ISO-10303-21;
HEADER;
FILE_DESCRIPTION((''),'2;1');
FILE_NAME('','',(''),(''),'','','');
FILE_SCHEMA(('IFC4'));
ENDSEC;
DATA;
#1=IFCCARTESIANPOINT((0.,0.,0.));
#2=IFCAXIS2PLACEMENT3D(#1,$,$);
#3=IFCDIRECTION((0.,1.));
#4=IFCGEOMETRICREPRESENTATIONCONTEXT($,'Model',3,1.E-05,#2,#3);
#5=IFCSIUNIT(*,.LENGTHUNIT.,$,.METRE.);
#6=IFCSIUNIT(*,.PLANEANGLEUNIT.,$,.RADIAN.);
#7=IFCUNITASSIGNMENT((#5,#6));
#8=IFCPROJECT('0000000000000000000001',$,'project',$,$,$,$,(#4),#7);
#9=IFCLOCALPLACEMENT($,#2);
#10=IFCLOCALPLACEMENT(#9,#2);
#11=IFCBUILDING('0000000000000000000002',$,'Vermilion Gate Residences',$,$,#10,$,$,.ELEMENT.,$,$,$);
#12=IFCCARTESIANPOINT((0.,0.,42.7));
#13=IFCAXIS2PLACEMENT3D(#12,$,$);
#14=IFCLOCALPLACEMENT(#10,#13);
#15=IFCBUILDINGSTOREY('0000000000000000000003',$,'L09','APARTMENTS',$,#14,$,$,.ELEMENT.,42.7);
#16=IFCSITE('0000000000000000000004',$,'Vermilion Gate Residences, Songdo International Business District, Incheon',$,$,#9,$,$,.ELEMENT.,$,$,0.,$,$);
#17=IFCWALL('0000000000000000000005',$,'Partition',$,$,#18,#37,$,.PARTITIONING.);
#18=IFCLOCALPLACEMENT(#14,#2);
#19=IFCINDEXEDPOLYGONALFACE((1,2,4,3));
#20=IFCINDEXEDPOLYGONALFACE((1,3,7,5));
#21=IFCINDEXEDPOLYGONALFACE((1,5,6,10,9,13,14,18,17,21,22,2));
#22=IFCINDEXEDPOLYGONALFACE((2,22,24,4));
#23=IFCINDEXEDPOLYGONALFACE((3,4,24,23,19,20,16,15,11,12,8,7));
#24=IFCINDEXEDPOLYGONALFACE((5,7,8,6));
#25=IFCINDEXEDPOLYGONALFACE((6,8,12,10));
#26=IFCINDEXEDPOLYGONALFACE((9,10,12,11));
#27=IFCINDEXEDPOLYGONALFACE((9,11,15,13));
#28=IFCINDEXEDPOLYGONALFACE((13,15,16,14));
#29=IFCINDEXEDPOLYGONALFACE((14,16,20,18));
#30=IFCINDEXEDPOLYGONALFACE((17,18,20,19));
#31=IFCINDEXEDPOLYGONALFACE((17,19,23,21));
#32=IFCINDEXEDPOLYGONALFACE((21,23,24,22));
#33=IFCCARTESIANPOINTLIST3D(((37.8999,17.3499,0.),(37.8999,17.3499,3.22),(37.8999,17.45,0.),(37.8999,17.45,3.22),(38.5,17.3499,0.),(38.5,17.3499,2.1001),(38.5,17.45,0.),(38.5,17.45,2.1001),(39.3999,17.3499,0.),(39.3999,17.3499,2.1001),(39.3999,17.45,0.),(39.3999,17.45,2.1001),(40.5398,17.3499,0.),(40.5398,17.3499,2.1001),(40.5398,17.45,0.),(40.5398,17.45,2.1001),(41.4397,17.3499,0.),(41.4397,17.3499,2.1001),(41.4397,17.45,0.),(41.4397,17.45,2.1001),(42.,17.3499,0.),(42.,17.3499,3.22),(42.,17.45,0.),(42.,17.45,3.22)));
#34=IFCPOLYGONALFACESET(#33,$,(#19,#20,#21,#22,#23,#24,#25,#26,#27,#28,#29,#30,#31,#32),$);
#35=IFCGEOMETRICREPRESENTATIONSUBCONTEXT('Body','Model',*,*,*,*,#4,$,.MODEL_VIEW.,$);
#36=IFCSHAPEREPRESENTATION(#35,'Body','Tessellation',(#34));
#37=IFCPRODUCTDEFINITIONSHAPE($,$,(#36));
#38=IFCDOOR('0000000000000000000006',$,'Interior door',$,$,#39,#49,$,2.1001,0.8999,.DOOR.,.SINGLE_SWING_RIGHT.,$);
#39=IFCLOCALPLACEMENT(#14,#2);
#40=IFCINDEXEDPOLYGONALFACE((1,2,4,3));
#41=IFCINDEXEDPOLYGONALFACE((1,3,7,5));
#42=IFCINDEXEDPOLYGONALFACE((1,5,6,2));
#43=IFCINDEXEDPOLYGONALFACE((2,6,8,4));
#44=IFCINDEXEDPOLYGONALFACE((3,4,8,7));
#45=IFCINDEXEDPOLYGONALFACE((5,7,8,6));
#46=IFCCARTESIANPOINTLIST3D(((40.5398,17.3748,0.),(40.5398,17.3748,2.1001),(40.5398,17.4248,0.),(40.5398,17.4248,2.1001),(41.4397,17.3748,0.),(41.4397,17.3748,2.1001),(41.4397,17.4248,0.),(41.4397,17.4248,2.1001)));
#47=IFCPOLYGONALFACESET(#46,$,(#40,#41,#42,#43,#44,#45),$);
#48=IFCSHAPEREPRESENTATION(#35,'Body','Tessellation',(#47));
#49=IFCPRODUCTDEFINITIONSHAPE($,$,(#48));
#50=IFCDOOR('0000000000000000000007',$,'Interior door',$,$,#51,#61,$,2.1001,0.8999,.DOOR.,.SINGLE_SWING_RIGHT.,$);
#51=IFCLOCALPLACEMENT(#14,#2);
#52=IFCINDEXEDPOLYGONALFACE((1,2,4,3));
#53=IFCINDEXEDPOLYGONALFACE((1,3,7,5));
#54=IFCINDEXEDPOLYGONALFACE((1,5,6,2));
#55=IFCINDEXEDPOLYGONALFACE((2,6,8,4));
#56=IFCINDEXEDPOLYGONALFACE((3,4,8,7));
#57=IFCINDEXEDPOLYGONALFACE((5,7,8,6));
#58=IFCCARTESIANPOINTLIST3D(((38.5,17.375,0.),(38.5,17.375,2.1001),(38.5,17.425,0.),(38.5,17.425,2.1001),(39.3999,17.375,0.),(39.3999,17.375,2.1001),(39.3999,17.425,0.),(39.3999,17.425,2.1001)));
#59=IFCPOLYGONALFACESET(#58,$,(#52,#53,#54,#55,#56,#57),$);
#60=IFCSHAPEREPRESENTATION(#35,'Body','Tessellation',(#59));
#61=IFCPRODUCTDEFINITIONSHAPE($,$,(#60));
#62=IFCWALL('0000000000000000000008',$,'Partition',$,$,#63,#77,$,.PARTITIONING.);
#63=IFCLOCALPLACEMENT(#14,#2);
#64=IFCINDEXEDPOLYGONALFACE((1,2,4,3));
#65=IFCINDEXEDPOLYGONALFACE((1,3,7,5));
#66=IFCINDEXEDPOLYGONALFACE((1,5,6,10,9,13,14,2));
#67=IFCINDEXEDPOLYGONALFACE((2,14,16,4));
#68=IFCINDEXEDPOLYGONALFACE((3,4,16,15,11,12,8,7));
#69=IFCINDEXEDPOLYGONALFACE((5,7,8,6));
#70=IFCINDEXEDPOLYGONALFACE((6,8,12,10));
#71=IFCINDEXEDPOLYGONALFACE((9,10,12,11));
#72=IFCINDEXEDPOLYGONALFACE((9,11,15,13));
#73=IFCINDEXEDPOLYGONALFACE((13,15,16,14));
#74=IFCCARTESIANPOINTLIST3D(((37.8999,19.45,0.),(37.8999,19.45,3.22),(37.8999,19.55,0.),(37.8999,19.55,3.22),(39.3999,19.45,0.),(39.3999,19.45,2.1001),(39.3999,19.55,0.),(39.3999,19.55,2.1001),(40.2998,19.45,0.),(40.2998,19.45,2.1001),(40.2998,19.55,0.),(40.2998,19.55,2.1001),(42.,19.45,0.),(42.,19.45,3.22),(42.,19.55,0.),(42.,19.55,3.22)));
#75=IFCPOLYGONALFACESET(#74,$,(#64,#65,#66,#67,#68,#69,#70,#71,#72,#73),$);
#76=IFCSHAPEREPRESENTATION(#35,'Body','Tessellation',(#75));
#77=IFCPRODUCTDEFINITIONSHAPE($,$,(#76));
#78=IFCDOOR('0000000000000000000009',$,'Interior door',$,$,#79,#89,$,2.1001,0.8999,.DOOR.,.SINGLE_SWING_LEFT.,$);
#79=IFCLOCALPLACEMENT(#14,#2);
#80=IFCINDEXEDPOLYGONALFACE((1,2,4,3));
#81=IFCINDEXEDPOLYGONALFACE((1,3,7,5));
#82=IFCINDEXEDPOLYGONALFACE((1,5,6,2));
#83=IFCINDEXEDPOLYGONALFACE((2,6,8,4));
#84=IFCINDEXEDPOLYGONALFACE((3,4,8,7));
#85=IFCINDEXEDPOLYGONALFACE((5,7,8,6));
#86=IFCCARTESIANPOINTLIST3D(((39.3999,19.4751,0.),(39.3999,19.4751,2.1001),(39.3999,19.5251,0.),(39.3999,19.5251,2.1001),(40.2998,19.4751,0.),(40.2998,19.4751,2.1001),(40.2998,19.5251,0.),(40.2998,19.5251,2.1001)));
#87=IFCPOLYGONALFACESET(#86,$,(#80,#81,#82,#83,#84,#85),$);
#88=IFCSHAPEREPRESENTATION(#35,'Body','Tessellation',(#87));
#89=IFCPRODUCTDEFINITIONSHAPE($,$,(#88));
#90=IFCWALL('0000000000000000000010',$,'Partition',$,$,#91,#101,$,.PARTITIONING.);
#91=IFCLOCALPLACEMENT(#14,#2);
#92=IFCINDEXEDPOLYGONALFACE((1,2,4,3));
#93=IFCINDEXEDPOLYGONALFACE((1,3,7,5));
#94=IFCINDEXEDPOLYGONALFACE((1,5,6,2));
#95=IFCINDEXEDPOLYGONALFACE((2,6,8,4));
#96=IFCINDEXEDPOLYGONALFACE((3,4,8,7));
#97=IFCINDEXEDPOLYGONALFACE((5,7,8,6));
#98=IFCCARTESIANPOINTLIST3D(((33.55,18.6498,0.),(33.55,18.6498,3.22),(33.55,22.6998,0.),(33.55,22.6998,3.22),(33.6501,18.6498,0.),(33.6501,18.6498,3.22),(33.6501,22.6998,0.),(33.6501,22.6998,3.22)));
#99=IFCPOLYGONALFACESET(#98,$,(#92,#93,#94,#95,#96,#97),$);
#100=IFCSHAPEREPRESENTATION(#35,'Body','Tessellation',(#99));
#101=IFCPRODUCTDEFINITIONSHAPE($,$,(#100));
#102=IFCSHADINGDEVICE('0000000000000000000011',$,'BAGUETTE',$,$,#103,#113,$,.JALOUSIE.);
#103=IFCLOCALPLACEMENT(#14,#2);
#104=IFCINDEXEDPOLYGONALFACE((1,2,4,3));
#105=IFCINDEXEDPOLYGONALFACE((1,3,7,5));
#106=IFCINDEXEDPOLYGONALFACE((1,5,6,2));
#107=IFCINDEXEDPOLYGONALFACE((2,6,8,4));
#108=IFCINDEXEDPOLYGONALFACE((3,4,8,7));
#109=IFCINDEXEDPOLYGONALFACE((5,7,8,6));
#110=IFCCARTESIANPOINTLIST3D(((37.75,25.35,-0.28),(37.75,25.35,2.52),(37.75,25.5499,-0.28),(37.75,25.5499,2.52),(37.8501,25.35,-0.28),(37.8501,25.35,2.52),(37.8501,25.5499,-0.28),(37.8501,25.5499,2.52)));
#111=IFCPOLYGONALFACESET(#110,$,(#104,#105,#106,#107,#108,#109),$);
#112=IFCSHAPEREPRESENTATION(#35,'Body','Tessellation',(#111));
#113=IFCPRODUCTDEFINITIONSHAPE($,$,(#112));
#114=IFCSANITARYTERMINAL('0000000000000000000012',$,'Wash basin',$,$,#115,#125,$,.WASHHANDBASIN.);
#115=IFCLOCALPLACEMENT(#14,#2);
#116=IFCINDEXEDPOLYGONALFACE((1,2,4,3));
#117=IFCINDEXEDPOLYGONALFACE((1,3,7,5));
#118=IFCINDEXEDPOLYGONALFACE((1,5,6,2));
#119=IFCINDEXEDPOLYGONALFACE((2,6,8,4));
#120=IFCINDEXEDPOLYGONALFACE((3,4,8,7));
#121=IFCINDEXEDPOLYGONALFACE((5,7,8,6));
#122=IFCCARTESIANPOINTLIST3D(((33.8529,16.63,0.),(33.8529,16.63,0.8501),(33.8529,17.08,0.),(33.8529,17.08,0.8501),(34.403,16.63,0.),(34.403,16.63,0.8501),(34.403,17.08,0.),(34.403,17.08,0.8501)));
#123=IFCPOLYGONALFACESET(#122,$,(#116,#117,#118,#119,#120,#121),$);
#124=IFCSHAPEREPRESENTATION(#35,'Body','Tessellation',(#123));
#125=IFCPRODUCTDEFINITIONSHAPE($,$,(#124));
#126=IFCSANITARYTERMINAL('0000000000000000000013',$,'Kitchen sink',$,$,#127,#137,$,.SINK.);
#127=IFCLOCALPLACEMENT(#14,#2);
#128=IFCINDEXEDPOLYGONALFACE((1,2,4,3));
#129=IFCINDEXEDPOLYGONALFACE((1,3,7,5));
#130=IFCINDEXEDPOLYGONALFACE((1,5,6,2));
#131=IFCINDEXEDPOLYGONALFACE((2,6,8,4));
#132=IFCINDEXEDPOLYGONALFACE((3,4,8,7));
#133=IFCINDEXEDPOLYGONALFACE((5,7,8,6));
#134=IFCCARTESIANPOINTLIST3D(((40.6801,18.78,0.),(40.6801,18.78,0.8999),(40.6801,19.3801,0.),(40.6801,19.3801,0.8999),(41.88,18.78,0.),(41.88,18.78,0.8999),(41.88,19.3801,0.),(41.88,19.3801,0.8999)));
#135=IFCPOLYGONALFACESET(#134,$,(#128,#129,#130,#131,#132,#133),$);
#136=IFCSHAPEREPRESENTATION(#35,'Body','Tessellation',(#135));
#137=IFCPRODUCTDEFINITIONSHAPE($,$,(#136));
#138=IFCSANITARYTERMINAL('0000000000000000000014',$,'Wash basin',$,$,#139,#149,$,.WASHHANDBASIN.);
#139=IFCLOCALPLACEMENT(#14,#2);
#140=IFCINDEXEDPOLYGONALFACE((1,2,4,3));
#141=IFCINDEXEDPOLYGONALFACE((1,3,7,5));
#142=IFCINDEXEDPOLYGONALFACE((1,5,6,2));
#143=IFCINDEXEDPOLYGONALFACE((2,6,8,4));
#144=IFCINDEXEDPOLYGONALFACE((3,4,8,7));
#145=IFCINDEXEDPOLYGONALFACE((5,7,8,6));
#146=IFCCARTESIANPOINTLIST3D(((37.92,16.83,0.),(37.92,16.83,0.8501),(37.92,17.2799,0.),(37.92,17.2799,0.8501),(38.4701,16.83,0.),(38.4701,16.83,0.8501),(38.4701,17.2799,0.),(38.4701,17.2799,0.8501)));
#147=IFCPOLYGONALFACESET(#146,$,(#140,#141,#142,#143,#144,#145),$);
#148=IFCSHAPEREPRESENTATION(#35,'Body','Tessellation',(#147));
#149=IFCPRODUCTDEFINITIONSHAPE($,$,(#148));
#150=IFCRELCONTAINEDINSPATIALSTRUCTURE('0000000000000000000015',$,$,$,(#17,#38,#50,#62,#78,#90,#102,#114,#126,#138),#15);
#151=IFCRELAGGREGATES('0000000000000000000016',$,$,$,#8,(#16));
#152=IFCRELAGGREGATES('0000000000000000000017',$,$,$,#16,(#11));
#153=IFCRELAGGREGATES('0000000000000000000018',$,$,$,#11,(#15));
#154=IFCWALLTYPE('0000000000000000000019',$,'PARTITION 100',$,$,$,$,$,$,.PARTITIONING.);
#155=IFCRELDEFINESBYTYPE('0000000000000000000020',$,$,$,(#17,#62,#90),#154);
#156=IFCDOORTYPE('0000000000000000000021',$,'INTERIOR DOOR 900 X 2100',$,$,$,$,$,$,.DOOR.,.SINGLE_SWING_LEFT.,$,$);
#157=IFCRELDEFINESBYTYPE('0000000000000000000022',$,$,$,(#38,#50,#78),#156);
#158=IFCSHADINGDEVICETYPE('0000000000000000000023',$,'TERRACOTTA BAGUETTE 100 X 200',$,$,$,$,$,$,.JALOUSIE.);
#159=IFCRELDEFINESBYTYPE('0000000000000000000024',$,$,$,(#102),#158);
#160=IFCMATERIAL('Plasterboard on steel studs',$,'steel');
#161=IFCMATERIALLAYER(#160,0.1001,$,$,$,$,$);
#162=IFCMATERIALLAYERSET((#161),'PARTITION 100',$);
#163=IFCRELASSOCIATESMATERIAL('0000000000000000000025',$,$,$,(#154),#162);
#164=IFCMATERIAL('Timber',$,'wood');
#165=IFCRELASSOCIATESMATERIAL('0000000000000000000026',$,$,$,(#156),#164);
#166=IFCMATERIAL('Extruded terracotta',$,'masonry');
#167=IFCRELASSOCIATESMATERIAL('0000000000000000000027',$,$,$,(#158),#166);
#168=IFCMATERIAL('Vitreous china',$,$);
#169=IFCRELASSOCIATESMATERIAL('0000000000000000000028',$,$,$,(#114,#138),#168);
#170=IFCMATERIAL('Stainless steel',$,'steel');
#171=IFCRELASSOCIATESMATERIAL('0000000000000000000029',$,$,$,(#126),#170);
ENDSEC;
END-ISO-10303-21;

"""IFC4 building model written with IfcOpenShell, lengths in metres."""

from ifc_helpers import new_model, si_unit, direction, frame, frame_2d, origin, origin_2d, place, context, subcontext, project, spatial, rectangle, extrude, material, layer, layer_set, material_profile, profile_set, type_object, element, fill, save


model = new_model("IFC4")

# Units and contexts
model_context = context("Model", 3, precision=1e-05, world=origin(), true_north=direction((0.0, 1.0)))
body_context = subcontext(model_context, "Body", "Model", "MODEL_VIEW")
ifc_project = project(units=[si_unit("LENGTHUNIT", "METRE"), si_unit("PLANEANGLEUNIT", "RADIAN")], contexts=[model_context])

# Site, building, storey
site_placement = place(None, origin())
site = spatial("IfcSite", under=ifc_project, at=site_placement, Name="Vermilion Gate Residences, Songdo International Business District, Incheon", CompositionType="ELEMENT", RefElevation=0.0)
building_placement = place(site_placement, origin())
building = spatial("IfcBuilding", under=site, at=building_placement, Name="Vermilion Gate Residences", CompositionType="ELEMENT")
storey_placement = place(building_placement, frame((0.0, 0.0, 42.7)))
storey = spatial("IfcBuildingStorey", under=building, at=storey_placement, Name="L09", Description="APARTMENTS", CompositionType="ELEMENT", Elevation=42.7)

# Wall, openings, doors
ifc_material_1 = material(Name="Plasterboard on steel studs", Category="steel")
ifc_layer_1 = layer(ifc_material_1, 0.1001)
ifc_layer_set_1 = layer_set([ifc_layer_1], Name="PARTITION 100")
wall_type_1 = type_object("IfcWallType", Name="PARTITION 100", PredefinedType="PARTITIONING", material=ifc_layer_set_1)
wall_1_placement = place(storey_placement, frame((37.8999, 17.3999, 0.0), z_axis=(0.0, 0.0, 1.0), x_axis=(1.0, 0.0, 0.0)))
wall_1 = element("IfcWall", 1, at=wall_1_placement, inside=storey, type_object=wall_type_1, Name="Partition", PredefinedType="PARTITIONING", context=body_context, shape_type="SweptSolid", body=[
    extrude(rectangle(XDim=4.1001, YDim=0.1001, at=frame_2d((2.05, 0.0))), origin(), (0.0, 0.0, 1.0), 3.22),
])
opening_1_placement = place(wall_1_placement, frame((2.6399, 0.0, 0.0)))
opening_1 = element("IfcOpeningElement", 2, at=opening_1_placement, cuts=wall_1, PredefinedType="OPENING", context=body_context, shape_type="SweptSolid", body=[
    extrude(rectangle(XDim=0.8999, YDim=2.1001, at=frame_2d((0.45, 1.05))), frame((0.0, 0.0601, 0.0), z_axis=(0.0, -1.0, 0.0), x_axis=(1.0, 0.0, 0.0)), (0.0, 0.0, 1.0), 0.1201),
])
opening_2_placement = place(wall_1_placement, frame((0.6001, 0.0, 0.0)))
opening_2 = element("IfcOpeningElement", 3, at=opening_2_placement, cuts=wall_1, PredefinedType="OPENING", context=body_context, shape_type="SweptSolid", body=[
    extrude(rectangle(XDim=0.8999, YDim=2.1001, at=frame_2d((0.45, 1.05))), frame((0.0, 0.0601, 0.0), z_axis=(0.0, -1.0, 0.0), x_axis=(1.0, 0.0, 0.0)), (0.0, 0.0, 1.0), 0.1201),
])
ifc_material_2 = material(Name="Timber", Category="wood")
door_type_1 = type_object("IfcDoorType", Name="INTERIOR DOOR 900 X 2100", OperationType="SINGLE_SWING_LEFT", PredefinedType="DOOR", material=ifc_material_2)
door_1_placement = place(opening_1_placement, origin())
door_1 = element("IfcDoor", 4, at=door_1_placement, inside=storey, type_object=door_type_1, Name="Interior door", OperationType="SINGLE_SWING_RIGHT", OverallHeight=2.1001, OverallWidth=0.8999, PredefinedType="DOOR", context=body_context, shape_type="SweptSolid", body=[
    extrude(rectangle(XDim=0.8999, YDim=2.1001, at=frame_2d((0.45, 1.05))), frame((0.0, 0.0249, 0.0), z_axis=(0.0, -1.0, 0.0), x_axis=(1.0, 0.0, 0.0)), (0.0, 0.0, 1.0), 0.05),
])
fill(opening_1, door_1)
door_2_placement = place(opening_2_placement, frame((0.8999, 0.0, 0.0), z_axis=(0.0, 0.0, 1.0), x_axis=(-1.0, 0.0, 0.0)))
door_2 = element("IfcDoor", 5, at=door_2_placement, inside=storey, type_object=door_type_1, Name="Interior door", OperationType="SINGLE_SWING_RIGHT", OverallHeight=2.1001, OverallWidth=0.8999, PredefinedType="DOOR", context=body_context, shape_type="SweptSolid", body=[
    extrude(rectangle(XDim=0.8999, YDim=2.1001, at=frame_2d((0.45, 1.05))), frame((0.0, 0.0249, 0.0), z_axis=(0.0, -1.0, 0.0), x_axis=(1.0, 0.0, 0.0)), (0.0, 0.0, 1.0), 0.05),
])
fill(opening_2, door_2)

# Wall, opening, door
wall_2_placement = place(storey_placement, frame((37.8999, 19.5, 0.0), z_axis=(0.0, 0.0, 1.0), x_axis=(1.0, 0.0, 0.0)))
wall_2 = element("IfcWall", 6, at=wall_2_placement, inside=storey, type_object=wall_type_1, Name="Partition", PredefinedType="PARTITIONING", context=body_context, shape_type="SweptSolid", body=[
    extrude(rectangle(XDim=4.1001, YDim=0.1001, at=frame_2d((2.05, 0.0))), origin(), (0.0, 0.0, 1.0), 3.22),
])
opening_3_placement = place(wall_2_placement, frame((1.5, 0.0, 0.0)))
opening_3 = element("IfcOpeningElement", 7, at=opening_3_placement, cuts=wall_2, PredefinedType="OPENING", context=body_context, shape_type="SweptSolid", body=[
    extrude(rectangle(XDim=0.8999, YDim=2.1001, at=frame_2d((0.45, 1.05))), frame((0.0, 0.0601, 0.0), z_axis=(0.0, -1.0, 0.0), x_axis=(1.0, 0.0, 0.0)), (0.0, 0.0, 1.0), 0.1201),
])
door_3_placement = place(opening_3_placement, frame((0.8999, 0.0, 0.0), z_axis=(0.0, 0.0, 1.0), x_axis=(-1.0, 0.0, 0.0)))
door_3 = element("IfcDoor", 8, at=door_3_placement, inside=storey, type_object=door_type_1, Name="Interior door", OperationType="SINGLE_SWING_LEFT", OverallHeight=2.1001, OverallWidth=0.8999, PredefinedType="DOOR", context=body_context, shape_type="SweptSolid", body=[
    extrude(rectangle(XDim=0.8999, YDim=2.1001, at=frame_2d((0.45, 1.05))), frame((0.0, 0.0249, 0.0), z_axis=(0.0, -1.0, 0.0), x_axis=(1.0, 0.0, 0.0)), (0.0, 0.0, 1.0), 0.05),
])
fill(opening_3, door_3)

# Wall
wall_3_placement = place(storey_placement, frame((33.6001, 18.6499, 0.0), z_axis=(0.0, 0.0, 1.0), x_axis=(0.0, 1.0, 0.0)))
element("IfcWall", 9, at=wall_3_placement, inside=storey, type_object=wall_type_1, Name="Partition", PredefinedType="PARTITIONING", context=body_context, shape_type="SweptSolid", body=[
    extrude(rectangle(XDim=4.05, YDim=0.1001, at=frame_2d((2.0249, 0.0))), origin(), (0.0, 0.0, 1.0), 3.22),
])

# Shading device
ifc_material_3 = material(Name="Extruded terracotta", Category="masonry")
ifc_material_profile_1 = material_profile(ifc_material_3, rectangle(XDim=0.2, YDim=0.1001, at=origin_2d()), Name="BAGUETTE 100 X 200")
ifc_profile_set_1 = profile_set([ifc_material_profile_1], Name="Extruded terracotta")
shading_device_type = type_object("IfcShadingDeviceType", Name="TERRACOTTA BAGUETTE 100 X 200", PredefinedType="JALOUSIE", material=ifc_profile_set_1)
shading_device_placement = place(storey_placement, frame((37.8, 25.45, -0.28), z_axis=(0.0, 0.0, 1.0), x_axis=(0.0, -1.0, 0.0)))
element("IfcShadingDevice", 10, at=shading_device_placement, inside=storey, type_object=shading_device_type, Name="BAGUETTE", PredefinedType="JALOUSIE", context=body_context, shape_type="SweptSolid", body=[
    extrude(rectangle(XDim=0.2, YDim=0.1001, at=origin_2d()), origin(), (0.0, 0.0, 1.0), 2.8),
])

# Sanitary terminals
ifc_material_4 = material(Name="Vitreous china")
sanitary_terminal_1_placement = place(storey_placement, frame((34.1279, 16.855, 0.0), z_axis=(0.0, 0.0, 1.0), x_axis=(1.0, 0.0, 0.0)))
element("IfcSanitaryTerminal", 11, at=sanitary_terminal_1_placement, inside=storey, material=ifc_material_4, Name="Wash basin", PredefinedType="WASHHANDBASIN", context=body_context, shape_type="SweptSolid", body=[
    extrude(rectangle(XDim=0.55, YDim=0.45, at=origin_2d()), origin(), (0.0, 0.0, 1.0), 0.8501),
])
ifc_material_5 = material(Name="Stainless steel", Category="steel")
sanitary_terminal_2_placement = place(storey_placement, frame((41.28, 19.0801, 0.0), z_axis=(0.0, 0.0, 1.0), x_axis=(1.0, 0.0, 0.0)))
element("IfcSanitaryTerminal", 12, at=sanitary_terminal_2_placement, inside=storey, material=ifc_material_5, Name="Kitchen sink", PredefinedType="SINK", context=body_context, shape_type="SweptSolid", body=[
    extrude(rectangle(XDim=1.2, YDim=0.6001, at=origin_2d()), origin(), (0.0, 0.0, 1.0), 0.8999),
])
sanitary_terminal_3_placement = place(storey_placement, frame((38.1951, 17.0549, 0.0), z_axis=(0.0, 0.0, 1.0), x_axis=(1.0, 0.0, 0.0)))
element("IfcSanitaryTerminal", 13, at=sanitary_terminal_3_placement, inside=storey, material=ifc_material_4, Name="Wash basin", PredefinedType="WASHHANDBASIN", context=body_context, shape_type="SweptSolid", body=[
    extrude(rectangle(XDim=0.55, YDim=0.45, at=origin_2d()), origin(), (0.0, 0.0, 1.0), 0.8501),
])

save(model, "model.ifc")
